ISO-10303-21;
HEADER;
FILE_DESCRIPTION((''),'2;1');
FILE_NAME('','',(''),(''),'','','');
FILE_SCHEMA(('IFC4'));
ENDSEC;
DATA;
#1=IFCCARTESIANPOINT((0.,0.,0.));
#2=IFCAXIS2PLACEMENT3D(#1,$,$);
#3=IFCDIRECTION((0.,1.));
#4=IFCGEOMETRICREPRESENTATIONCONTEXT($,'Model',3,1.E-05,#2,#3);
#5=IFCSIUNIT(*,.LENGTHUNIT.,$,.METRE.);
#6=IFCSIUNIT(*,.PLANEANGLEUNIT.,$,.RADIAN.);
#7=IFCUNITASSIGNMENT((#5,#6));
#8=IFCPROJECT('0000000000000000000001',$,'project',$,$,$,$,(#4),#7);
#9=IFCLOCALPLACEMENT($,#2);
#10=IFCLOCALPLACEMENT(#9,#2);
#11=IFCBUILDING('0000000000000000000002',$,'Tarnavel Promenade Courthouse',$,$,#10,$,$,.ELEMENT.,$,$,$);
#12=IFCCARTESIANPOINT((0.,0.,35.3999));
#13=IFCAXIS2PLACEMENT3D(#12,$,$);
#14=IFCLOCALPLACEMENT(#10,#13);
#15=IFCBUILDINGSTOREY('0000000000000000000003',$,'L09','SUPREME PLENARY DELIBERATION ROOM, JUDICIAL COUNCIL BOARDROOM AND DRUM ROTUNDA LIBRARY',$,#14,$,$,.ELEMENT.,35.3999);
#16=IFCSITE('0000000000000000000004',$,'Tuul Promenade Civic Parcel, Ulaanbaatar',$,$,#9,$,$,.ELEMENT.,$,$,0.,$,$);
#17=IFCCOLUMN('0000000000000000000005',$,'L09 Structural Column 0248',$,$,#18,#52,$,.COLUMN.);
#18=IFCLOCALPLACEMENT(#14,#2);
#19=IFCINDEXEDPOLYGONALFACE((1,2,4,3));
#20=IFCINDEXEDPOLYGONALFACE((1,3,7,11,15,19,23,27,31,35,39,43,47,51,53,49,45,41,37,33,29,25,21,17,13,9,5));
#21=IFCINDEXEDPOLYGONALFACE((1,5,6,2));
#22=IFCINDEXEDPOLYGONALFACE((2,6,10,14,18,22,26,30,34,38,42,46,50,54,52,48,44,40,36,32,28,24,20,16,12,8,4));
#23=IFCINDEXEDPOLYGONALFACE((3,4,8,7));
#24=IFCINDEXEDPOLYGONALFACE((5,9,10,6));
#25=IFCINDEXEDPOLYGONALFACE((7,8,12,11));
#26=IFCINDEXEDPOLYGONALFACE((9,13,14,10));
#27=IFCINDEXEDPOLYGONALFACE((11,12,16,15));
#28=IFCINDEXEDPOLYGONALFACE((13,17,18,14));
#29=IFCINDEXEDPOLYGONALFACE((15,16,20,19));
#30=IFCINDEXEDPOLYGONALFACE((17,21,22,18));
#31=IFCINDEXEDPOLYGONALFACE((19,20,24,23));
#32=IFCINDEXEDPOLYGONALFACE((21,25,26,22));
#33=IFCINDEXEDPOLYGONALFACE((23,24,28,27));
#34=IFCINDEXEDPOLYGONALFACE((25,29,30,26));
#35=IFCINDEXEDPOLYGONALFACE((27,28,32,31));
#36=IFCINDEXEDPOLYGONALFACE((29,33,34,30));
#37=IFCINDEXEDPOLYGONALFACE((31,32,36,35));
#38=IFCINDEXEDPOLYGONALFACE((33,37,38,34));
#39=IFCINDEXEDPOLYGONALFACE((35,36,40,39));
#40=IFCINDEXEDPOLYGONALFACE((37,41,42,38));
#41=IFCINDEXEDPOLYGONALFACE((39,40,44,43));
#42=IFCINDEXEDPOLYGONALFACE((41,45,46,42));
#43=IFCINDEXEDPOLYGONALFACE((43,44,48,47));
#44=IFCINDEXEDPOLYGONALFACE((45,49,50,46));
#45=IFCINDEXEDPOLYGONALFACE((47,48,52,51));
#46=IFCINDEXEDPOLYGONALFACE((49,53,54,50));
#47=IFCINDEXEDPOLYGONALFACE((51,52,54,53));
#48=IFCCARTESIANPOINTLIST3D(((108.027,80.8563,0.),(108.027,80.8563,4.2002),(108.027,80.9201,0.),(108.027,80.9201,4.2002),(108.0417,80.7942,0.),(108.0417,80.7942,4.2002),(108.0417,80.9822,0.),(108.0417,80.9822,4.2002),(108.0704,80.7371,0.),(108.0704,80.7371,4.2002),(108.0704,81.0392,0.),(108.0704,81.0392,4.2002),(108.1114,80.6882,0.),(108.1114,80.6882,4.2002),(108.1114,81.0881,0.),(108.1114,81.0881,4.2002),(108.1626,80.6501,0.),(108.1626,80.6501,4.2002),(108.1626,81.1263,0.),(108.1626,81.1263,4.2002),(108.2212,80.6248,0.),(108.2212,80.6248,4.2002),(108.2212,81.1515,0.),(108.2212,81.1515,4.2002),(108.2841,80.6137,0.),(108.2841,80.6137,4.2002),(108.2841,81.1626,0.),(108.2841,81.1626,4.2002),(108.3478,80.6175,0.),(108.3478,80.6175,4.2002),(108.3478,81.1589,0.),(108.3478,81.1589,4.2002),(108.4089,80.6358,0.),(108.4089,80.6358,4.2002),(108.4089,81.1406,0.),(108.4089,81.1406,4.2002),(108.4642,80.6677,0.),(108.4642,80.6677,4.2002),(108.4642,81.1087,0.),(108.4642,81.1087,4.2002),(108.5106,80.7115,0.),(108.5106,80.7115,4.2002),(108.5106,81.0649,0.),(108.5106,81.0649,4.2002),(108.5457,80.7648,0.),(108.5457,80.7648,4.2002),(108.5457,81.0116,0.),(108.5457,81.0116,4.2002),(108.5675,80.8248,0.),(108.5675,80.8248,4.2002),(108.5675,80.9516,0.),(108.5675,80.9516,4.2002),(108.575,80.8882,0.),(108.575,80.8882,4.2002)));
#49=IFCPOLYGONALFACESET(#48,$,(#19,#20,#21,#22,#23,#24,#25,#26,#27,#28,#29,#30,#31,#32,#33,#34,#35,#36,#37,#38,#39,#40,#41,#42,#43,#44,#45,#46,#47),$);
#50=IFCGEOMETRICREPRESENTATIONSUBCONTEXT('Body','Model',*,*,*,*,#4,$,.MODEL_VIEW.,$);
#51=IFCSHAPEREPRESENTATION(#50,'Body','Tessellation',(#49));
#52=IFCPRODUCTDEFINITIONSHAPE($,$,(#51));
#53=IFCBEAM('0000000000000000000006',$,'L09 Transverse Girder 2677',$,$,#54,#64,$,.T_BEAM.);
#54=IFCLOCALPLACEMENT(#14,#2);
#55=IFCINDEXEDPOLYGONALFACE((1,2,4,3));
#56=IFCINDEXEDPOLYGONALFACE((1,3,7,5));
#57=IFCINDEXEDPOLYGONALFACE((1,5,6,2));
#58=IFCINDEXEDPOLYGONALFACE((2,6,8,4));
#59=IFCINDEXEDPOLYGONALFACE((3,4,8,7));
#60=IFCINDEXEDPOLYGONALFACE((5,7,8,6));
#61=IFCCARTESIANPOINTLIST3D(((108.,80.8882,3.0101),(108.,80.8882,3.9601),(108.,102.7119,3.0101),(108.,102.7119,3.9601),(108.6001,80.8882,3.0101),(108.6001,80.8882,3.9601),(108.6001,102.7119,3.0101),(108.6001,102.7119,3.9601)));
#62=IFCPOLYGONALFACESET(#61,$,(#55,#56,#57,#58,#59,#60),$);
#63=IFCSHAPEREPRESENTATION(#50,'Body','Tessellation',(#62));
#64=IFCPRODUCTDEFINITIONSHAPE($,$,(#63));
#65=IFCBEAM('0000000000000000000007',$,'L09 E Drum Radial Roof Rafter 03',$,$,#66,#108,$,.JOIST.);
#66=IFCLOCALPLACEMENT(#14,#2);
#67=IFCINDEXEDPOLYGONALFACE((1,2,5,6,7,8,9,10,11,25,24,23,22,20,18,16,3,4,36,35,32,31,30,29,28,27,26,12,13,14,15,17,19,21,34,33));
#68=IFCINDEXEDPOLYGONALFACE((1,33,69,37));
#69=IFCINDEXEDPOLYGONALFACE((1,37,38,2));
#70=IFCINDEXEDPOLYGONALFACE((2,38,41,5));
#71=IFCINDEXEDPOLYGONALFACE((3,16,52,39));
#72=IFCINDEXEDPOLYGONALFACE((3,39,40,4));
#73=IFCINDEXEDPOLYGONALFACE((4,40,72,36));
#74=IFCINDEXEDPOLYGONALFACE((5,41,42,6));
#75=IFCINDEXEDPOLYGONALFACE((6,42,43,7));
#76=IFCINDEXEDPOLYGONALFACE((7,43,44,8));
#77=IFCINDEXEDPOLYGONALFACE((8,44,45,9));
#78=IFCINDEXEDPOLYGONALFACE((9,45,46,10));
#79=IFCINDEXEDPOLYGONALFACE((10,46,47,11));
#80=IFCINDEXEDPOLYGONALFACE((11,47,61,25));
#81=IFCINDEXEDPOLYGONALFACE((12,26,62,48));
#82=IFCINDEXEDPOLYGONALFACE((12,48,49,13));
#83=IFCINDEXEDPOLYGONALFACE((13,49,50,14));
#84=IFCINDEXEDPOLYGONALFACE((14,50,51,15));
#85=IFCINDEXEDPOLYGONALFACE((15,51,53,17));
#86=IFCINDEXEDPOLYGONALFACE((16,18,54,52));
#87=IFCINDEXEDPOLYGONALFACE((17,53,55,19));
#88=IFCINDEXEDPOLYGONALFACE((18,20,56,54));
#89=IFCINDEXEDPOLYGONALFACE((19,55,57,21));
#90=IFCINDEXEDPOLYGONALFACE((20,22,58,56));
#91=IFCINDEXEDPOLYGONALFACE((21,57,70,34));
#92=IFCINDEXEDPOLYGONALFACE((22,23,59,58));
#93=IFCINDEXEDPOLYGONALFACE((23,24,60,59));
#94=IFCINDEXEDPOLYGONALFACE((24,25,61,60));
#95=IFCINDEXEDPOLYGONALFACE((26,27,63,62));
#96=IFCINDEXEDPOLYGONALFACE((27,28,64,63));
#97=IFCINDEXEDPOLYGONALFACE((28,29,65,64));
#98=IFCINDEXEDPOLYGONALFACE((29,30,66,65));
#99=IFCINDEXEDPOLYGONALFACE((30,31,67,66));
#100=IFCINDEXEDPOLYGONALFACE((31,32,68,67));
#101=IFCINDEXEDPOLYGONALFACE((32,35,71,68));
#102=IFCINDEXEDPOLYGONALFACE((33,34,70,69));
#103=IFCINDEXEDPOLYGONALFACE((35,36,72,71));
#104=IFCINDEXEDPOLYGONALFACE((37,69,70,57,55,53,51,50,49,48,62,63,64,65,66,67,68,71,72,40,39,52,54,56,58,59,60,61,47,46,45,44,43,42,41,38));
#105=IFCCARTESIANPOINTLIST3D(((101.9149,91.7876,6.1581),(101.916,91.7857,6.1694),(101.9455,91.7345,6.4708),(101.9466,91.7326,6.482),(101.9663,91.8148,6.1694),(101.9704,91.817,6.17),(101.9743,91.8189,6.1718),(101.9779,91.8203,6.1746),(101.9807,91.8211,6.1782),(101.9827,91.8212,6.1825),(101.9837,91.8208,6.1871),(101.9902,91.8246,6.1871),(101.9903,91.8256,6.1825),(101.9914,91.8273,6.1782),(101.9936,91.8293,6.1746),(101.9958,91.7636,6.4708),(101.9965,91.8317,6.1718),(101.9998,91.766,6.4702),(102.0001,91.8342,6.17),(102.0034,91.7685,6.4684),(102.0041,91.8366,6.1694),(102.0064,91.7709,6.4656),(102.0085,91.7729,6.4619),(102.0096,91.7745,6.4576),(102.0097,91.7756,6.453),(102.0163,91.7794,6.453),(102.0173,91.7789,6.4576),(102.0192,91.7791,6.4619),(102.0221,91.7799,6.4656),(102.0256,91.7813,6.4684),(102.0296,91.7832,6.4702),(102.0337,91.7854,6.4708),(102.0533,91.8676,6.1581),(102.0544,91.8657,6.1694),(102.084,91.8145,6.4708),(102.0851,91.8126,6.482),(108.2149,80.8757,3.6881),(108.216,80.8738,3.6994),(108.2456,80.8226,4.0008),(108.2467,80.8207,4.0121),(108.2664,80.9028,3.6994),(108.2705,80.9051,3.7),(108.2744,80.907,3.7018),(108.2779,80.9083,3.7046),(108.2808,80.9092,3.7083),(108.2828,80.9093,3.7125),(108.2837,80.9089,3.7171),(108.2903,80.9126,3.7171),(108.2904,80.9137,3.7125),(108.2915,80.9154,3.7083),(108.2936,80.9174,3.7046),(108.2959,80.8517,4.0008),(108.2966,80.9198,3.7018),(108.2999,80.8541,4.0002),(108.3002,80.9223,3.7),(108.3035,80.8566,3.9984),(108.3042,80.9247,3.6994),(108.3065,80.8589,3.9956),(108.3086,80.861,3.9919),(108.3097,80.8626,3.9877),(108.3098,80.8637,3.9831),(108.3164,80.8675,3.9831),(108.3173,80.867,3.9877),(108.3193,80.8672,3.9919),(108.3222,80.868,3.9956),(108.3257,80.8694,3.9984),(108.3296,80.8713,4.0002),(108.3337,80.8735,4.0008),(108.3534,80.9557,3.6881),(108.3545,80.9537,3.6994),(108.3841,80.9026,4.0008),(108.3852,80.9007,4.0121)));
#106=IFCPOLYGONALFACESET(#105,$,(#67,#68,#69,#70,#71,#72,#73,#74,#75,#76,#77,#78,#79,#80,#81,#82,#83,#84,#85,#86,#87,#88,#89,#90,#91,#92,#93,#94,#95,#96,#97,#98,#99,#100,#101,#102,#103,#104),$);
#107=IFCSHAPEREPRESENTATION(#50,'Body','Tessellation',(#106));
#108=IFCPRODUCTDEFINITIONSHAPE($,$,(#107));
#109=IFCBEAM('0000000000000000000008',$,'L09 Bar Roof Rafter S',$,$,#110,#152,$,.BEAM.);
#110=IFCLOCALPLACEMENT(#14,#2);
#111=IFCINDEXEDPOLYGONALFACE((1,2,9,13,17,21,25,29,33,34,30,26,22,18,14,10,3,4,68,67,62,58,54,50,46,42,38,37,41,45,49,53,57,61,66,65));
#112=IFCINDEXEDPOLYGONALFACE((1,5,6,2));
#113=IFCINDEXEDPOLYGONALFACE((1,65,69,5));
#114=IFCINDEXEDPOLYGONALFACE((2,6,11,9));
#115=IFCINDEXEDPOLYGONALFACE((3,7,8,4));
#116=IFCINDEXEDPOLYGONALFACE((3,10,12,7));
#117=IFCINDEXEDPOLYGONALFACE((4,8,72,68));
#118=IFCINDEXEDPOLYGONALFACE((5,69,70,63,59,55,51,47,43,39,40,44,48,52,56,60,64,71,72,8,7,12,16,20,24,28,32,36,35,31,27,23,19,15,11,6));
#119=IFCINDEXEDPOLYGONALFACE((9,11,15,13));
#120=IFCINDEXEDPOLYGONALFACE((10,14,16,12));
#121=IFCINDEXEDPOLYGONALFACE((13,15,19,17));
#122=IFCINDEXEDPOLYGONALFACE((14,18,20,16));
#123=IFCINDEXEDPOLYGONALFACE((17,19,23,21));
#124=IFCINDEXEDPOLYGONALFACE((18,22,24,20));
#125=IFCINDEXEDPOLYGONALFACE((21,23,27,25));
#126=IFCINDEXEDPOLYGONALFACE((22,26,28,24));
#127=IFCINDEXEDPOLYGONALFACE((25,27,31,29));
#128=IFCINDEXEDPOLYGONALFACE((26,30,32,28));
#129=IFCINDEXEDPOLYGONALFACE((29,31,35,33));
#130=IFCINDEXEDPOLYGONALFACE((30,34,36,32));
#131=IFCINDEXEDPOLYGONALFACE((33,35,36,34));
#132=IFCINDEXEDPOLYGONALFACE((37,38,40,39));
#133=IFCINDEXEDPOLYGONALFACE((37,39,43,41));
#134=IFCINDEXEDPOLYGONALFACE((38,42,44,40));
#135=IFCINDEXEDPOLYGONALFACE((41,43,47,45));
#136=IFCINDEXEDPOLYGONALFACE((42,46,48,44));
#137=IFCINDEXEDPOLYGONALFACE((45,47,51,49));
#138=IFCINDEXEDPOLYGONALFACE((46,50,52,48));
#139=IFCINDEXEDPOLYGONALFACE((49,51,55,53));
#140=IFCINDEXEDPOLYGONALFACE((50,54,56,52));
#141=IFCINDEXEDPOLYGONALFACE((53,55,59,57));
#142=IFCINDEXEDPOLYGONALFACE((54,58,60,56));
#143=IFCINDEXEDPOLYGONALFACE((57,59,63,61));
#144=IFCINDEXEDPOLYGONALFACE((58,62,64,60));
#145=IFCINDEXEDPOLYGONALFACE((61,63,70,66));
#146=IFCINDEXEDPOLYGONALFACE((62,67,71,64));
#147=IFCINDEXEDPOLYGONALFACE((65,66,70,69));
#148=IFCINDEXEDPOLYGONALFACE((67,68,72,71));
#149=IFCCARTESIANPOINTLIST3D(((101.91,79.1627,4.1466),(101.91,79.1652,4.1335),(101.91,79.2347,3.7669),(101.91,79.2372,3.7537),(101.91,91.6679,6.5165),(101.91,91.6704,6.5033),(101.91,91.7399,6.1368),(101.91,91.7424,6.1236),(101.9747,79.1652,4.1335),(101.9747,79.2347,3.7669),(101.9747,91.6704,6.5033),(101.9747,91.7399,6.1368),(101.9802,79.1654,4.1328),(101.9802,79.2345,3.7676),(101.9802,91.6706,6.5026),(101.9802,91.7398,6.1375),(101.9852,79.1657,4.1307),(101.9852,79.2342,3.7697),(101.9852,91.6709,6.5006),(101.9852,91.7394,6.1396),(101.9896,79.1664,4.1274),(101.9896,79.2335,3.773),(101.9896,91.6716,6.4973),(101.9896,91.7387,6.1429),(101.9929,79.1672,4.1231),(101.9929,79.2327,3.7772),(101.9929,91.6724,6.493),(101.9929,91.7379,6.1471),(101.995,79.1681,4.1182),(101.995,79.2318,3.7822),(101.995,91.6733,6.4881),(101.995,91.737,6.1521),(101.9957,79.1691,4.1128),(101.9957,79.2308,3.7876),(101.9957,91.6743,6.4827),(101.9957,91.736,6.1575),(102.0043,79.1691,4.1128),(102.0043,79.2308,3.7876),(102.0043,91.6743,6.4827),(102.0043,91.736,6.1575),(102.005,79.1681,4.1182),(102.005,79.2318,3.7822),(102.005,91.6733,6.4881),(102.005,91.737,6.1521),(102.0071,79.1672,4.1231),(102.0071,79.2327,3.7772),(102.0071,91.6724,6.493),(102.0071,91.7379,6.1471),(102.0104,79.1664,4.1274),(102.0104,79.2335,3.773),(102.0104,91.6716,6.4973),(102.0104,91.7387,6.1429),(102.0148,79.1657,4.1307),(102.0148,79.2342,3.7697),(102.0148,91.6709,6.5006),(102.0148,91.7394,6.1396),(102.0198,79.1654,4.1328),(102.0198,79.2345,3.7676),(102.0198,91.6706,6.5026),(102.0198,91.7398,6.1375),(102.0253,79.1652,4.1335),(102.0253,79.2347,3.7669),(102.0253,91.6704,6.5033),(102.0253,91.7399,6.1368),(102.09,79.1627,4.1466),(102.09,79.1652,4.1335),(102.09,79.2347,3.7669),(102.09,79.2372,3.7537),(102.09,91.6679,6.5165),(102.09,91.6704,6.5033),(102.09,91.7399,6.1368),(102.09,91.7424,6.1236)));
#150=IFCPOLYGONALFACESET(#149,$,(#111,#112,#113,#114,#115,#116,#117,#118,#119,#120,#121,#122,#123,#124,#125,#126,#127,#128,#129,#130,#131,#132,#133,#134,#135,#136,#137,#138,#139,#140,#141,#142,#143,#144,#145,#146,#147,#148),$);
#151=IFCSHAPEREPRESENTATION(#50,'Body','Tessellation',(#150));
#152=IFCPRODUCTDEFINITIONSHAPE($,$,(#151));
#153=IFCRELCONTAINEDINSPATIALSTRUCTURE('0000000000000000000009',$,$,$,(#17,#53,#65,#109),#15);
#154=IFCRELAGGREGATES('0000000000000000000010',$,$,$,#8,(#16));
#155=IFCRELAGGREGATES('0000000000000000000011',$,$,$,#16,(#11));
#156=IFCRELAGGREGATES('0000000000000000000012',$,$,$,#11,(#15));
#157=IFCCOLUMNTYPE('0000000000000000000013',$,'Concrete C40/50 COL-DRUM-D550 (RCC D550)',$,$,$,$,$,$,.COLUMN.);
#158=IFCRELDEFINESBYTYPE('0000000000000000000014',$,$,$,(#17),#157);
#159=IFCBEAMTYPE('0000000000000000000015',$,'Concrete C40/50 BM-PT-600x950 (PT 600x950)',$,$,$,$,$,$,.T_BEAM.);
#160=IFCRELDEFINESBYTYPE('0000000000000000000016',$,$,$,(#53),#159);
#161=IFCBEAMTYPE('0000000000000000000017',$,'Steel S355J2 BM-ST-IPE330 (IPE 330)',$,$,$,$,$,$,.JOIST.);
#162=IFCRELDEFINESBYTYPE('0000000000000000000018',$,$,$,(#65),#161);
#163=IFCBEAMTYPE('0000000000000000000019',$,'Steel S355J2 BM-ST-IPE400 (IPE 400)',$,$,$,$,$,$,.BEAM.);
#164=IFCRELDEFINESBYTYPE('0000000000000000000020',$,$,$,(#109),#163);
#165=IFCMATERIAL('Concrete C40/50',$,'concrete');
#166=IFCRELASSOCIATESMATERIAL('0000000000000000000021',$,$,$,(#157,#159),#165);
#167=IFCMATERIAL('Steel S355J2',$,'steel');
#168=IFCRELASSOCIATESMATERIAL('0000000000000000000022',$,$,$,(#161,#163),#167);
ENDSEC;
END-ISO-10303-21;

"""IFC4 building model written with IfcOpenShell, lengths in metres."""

from ifc_helpers import new_model, si_unit, direction, frame, origin, origin_2d, place, context, subcontext, project, spatial, rectangle, circle, i_section, extrude, material, material_profile, profile_set, type_object, element, save


model = new_model("IFC4")

# Units and contexts
model_context = context("Model", 3, precision=1e-05, world=origin(), true_north=direction((0.0, 1.0)))
body_context = subcontext(model_context, "Body", "Model", "MODEL_VIEW")
ifc_project = project(units=[si_unit("LENGTHUNIT", "METRE"), si_unit("PLANEANGLEUNIT", "RADIAN")], contexts=[model_context])

# Site, building, storey
site_placement = place(None, origin())
site = spatial("IfcSite", under=ifc_project, at=site_placement, Name="Tuul Promenade Civic Parcel, Ulaanbaatar", CompositionType="ELEMENT", RefElevation=0.0)
building_placement = place(site_placement, origin())
building = spatial("IfcBuilding", under=site, at=building_placement, Name="Tarnavel Promenade Courthouse", CompositionType="ELEMENT")
storey_placement = place(building_placement, frame((0.0, 0.0, 35.3999)))
storey = spatial("IfcBuildingStorey", under=building, at=storey_placement, Name="L09", Description="SUPREME PLENARY DELIBERATION ROOM, JUDICIAL COUNCIL BOARDROOM AND DRUM ROTUNDA LIBRARY", CompositionType="ELEMENT", Elevation=35.3999)

# Column
ifc_material_1 = material(Name="Concrete C40/50", Category="concrete")
ifc_material_profile_1 = material_profile(ifc_material_1, circle(Radius=0.2749, at=origin_2d()), Name="RCC D550")
ifc_profile_set_1 = profile_set([ifc_material_profile_1], Name="Concrete C40/50")
column_type = type_object("IfcColumnType", Name="Concrete C40/50 COL-DRUM-D550 (RCC D550)", PredefinedType="COLUMN", material=ifc_profile_set_1)
column_placement = place(storey_placement, frame((108.3, 80.8882, 0.0), z_axis=(0.0, 0.0, 1.0), x_axis=(1.0, 0.0, 0.0)))
element("IfcColumn", 1, at=column_placement, inside=storey, type_object=column_type, Name="L09 Structural Column 0248", PredefinedType="COLUMN", context=body_context, shape_type="SweptSolid", body=[
    extrude(circle(Radius=0.2749, at=origin_2d()), origin(), (0.0, 0.0, 1.0), 4.2002),
])

# Beams
ifc_material_profile_2 = material_profile(ifc_material_1, rectangle(XDim=0.6001, YDim=0.95, at=origin_2d()), Name="PT 600x950")
ifc_profile_set_2 = profile_set([ifc_material_profile_2], Name="Concrete C40/50")
beam_type_1 = type_object("IfcBeamType", Name="Concrete C40/50 BM-PT-600x950 (PT 600x950)", PredefinedType="T_BEAM", material=ifc_profile_set_2)
beam_1_placement = place(storey_placement, frame((108.3, 80.8882, 3.4851), z_axis=(0.0, 1.0, 0.0), x_axis=(-1.0, 0.0, 0.0)))
element("IfcBeam", 2, at=beam_1_placement, inside=storey, type_object=beam_type_1, Name="L09 Transverse Girder 2677", PredefinedType="T_BEAM", context=body_context, shape_type="SweptSolid", body=[
    extrude(rectangle(XDim=0.6001, YDim=0.95, at=origin_2d()), origin(), (0.0, 0.0, 1.0), 21.8237),
])
ifc_material_2 = material(Name="Steel S355J2", Category="steel")
ifc_material_profile_3 = material_profile(ifc_material_2, i_section(OverallWidth=0.1599, OverallDepth=0.3301, WebThickness=0.0076, FlangeThickness=0.0115, FilletRadius=0.0181, at=origin_2d()), Name="IPE 330")
ifc_profile_set_3 = profile_set([ifc_material_profile_3], Name="Steel S355J2")
beam_type_2 = type_object("IfcBeamType", Name="Steel S355J2 BM-ST-IPE330 (IPE 330)", PredefinedType="JOIST", material=ifc_profile_set_3)
beam_2_placement = place(storey_placement, frame((108.3, 80.8882, 3.8501), z_axis=(-0.490666, 0.849848, 0.192368), x_axis=(-0.866023, -0.500005, 0.0)))
element("IfcBeam", 3, at=beam_2_placement, inside=storey, type_object=beam_type_2, Name="L09 E Drum Radial Roof Rafter 03", PredefinedType="JOIST", context=body_context, shape_type="SweptSolid", body=[
    extrude(i_section(OverallWidth=0.1599, OverallDepth=0.3301, WebThickness=0.0076, FlangeThickness=0.0115, FilletRadius=0.0181, at=origin_2d()), origin(), (0.0, 0.0, 1.0), 12.8398),
])
ifc_material_profile_4 = material_profile(ifc_material_2, i_section(OverallWidth=0.1799, OverallDepth=0.3999, WebThickness=0.0085, FlangeThickness=0.0134, FilletRadius=0.021, at=origin_2d()), Name="IPE 400")
ifc_profile_set_4 = profile_set([ifc_material_profile_4], Name="Steel S355J2")
beam_type_3 = type_object("IfcBeamType", Name="Steel S355J2 BM-ST-IPE400 (IPE 400)", PredefinedType="BEAM", material=ifc_profile_set_4)
beam_3_placement = place(storey_placement, frame((102.0, 79.2, 3.9502), z_axis=(0.0, 0.982512, 0.186198), x_axis=(-1.0, 0.0, 0.0)))
element("IfcBeam", 4, at=beam_3_placement, inside=storey, type_object=beam_type_3, Name="L09 Bar Roof Rafter S", PredefinedType="BEAM", context=body_context, shape_type="SweptSolid", body=[
    extrude(i_section(OverallWidth=0.1799, OverallDepth=0.3999, WebThickness=0.0085, FlangeThickness=0.0134, FilletRadius=0.021, at=origin_2d()), origin(), (0.0, 0.0, 1.0), 12.7278),
])

save(model, "model.ifc")
